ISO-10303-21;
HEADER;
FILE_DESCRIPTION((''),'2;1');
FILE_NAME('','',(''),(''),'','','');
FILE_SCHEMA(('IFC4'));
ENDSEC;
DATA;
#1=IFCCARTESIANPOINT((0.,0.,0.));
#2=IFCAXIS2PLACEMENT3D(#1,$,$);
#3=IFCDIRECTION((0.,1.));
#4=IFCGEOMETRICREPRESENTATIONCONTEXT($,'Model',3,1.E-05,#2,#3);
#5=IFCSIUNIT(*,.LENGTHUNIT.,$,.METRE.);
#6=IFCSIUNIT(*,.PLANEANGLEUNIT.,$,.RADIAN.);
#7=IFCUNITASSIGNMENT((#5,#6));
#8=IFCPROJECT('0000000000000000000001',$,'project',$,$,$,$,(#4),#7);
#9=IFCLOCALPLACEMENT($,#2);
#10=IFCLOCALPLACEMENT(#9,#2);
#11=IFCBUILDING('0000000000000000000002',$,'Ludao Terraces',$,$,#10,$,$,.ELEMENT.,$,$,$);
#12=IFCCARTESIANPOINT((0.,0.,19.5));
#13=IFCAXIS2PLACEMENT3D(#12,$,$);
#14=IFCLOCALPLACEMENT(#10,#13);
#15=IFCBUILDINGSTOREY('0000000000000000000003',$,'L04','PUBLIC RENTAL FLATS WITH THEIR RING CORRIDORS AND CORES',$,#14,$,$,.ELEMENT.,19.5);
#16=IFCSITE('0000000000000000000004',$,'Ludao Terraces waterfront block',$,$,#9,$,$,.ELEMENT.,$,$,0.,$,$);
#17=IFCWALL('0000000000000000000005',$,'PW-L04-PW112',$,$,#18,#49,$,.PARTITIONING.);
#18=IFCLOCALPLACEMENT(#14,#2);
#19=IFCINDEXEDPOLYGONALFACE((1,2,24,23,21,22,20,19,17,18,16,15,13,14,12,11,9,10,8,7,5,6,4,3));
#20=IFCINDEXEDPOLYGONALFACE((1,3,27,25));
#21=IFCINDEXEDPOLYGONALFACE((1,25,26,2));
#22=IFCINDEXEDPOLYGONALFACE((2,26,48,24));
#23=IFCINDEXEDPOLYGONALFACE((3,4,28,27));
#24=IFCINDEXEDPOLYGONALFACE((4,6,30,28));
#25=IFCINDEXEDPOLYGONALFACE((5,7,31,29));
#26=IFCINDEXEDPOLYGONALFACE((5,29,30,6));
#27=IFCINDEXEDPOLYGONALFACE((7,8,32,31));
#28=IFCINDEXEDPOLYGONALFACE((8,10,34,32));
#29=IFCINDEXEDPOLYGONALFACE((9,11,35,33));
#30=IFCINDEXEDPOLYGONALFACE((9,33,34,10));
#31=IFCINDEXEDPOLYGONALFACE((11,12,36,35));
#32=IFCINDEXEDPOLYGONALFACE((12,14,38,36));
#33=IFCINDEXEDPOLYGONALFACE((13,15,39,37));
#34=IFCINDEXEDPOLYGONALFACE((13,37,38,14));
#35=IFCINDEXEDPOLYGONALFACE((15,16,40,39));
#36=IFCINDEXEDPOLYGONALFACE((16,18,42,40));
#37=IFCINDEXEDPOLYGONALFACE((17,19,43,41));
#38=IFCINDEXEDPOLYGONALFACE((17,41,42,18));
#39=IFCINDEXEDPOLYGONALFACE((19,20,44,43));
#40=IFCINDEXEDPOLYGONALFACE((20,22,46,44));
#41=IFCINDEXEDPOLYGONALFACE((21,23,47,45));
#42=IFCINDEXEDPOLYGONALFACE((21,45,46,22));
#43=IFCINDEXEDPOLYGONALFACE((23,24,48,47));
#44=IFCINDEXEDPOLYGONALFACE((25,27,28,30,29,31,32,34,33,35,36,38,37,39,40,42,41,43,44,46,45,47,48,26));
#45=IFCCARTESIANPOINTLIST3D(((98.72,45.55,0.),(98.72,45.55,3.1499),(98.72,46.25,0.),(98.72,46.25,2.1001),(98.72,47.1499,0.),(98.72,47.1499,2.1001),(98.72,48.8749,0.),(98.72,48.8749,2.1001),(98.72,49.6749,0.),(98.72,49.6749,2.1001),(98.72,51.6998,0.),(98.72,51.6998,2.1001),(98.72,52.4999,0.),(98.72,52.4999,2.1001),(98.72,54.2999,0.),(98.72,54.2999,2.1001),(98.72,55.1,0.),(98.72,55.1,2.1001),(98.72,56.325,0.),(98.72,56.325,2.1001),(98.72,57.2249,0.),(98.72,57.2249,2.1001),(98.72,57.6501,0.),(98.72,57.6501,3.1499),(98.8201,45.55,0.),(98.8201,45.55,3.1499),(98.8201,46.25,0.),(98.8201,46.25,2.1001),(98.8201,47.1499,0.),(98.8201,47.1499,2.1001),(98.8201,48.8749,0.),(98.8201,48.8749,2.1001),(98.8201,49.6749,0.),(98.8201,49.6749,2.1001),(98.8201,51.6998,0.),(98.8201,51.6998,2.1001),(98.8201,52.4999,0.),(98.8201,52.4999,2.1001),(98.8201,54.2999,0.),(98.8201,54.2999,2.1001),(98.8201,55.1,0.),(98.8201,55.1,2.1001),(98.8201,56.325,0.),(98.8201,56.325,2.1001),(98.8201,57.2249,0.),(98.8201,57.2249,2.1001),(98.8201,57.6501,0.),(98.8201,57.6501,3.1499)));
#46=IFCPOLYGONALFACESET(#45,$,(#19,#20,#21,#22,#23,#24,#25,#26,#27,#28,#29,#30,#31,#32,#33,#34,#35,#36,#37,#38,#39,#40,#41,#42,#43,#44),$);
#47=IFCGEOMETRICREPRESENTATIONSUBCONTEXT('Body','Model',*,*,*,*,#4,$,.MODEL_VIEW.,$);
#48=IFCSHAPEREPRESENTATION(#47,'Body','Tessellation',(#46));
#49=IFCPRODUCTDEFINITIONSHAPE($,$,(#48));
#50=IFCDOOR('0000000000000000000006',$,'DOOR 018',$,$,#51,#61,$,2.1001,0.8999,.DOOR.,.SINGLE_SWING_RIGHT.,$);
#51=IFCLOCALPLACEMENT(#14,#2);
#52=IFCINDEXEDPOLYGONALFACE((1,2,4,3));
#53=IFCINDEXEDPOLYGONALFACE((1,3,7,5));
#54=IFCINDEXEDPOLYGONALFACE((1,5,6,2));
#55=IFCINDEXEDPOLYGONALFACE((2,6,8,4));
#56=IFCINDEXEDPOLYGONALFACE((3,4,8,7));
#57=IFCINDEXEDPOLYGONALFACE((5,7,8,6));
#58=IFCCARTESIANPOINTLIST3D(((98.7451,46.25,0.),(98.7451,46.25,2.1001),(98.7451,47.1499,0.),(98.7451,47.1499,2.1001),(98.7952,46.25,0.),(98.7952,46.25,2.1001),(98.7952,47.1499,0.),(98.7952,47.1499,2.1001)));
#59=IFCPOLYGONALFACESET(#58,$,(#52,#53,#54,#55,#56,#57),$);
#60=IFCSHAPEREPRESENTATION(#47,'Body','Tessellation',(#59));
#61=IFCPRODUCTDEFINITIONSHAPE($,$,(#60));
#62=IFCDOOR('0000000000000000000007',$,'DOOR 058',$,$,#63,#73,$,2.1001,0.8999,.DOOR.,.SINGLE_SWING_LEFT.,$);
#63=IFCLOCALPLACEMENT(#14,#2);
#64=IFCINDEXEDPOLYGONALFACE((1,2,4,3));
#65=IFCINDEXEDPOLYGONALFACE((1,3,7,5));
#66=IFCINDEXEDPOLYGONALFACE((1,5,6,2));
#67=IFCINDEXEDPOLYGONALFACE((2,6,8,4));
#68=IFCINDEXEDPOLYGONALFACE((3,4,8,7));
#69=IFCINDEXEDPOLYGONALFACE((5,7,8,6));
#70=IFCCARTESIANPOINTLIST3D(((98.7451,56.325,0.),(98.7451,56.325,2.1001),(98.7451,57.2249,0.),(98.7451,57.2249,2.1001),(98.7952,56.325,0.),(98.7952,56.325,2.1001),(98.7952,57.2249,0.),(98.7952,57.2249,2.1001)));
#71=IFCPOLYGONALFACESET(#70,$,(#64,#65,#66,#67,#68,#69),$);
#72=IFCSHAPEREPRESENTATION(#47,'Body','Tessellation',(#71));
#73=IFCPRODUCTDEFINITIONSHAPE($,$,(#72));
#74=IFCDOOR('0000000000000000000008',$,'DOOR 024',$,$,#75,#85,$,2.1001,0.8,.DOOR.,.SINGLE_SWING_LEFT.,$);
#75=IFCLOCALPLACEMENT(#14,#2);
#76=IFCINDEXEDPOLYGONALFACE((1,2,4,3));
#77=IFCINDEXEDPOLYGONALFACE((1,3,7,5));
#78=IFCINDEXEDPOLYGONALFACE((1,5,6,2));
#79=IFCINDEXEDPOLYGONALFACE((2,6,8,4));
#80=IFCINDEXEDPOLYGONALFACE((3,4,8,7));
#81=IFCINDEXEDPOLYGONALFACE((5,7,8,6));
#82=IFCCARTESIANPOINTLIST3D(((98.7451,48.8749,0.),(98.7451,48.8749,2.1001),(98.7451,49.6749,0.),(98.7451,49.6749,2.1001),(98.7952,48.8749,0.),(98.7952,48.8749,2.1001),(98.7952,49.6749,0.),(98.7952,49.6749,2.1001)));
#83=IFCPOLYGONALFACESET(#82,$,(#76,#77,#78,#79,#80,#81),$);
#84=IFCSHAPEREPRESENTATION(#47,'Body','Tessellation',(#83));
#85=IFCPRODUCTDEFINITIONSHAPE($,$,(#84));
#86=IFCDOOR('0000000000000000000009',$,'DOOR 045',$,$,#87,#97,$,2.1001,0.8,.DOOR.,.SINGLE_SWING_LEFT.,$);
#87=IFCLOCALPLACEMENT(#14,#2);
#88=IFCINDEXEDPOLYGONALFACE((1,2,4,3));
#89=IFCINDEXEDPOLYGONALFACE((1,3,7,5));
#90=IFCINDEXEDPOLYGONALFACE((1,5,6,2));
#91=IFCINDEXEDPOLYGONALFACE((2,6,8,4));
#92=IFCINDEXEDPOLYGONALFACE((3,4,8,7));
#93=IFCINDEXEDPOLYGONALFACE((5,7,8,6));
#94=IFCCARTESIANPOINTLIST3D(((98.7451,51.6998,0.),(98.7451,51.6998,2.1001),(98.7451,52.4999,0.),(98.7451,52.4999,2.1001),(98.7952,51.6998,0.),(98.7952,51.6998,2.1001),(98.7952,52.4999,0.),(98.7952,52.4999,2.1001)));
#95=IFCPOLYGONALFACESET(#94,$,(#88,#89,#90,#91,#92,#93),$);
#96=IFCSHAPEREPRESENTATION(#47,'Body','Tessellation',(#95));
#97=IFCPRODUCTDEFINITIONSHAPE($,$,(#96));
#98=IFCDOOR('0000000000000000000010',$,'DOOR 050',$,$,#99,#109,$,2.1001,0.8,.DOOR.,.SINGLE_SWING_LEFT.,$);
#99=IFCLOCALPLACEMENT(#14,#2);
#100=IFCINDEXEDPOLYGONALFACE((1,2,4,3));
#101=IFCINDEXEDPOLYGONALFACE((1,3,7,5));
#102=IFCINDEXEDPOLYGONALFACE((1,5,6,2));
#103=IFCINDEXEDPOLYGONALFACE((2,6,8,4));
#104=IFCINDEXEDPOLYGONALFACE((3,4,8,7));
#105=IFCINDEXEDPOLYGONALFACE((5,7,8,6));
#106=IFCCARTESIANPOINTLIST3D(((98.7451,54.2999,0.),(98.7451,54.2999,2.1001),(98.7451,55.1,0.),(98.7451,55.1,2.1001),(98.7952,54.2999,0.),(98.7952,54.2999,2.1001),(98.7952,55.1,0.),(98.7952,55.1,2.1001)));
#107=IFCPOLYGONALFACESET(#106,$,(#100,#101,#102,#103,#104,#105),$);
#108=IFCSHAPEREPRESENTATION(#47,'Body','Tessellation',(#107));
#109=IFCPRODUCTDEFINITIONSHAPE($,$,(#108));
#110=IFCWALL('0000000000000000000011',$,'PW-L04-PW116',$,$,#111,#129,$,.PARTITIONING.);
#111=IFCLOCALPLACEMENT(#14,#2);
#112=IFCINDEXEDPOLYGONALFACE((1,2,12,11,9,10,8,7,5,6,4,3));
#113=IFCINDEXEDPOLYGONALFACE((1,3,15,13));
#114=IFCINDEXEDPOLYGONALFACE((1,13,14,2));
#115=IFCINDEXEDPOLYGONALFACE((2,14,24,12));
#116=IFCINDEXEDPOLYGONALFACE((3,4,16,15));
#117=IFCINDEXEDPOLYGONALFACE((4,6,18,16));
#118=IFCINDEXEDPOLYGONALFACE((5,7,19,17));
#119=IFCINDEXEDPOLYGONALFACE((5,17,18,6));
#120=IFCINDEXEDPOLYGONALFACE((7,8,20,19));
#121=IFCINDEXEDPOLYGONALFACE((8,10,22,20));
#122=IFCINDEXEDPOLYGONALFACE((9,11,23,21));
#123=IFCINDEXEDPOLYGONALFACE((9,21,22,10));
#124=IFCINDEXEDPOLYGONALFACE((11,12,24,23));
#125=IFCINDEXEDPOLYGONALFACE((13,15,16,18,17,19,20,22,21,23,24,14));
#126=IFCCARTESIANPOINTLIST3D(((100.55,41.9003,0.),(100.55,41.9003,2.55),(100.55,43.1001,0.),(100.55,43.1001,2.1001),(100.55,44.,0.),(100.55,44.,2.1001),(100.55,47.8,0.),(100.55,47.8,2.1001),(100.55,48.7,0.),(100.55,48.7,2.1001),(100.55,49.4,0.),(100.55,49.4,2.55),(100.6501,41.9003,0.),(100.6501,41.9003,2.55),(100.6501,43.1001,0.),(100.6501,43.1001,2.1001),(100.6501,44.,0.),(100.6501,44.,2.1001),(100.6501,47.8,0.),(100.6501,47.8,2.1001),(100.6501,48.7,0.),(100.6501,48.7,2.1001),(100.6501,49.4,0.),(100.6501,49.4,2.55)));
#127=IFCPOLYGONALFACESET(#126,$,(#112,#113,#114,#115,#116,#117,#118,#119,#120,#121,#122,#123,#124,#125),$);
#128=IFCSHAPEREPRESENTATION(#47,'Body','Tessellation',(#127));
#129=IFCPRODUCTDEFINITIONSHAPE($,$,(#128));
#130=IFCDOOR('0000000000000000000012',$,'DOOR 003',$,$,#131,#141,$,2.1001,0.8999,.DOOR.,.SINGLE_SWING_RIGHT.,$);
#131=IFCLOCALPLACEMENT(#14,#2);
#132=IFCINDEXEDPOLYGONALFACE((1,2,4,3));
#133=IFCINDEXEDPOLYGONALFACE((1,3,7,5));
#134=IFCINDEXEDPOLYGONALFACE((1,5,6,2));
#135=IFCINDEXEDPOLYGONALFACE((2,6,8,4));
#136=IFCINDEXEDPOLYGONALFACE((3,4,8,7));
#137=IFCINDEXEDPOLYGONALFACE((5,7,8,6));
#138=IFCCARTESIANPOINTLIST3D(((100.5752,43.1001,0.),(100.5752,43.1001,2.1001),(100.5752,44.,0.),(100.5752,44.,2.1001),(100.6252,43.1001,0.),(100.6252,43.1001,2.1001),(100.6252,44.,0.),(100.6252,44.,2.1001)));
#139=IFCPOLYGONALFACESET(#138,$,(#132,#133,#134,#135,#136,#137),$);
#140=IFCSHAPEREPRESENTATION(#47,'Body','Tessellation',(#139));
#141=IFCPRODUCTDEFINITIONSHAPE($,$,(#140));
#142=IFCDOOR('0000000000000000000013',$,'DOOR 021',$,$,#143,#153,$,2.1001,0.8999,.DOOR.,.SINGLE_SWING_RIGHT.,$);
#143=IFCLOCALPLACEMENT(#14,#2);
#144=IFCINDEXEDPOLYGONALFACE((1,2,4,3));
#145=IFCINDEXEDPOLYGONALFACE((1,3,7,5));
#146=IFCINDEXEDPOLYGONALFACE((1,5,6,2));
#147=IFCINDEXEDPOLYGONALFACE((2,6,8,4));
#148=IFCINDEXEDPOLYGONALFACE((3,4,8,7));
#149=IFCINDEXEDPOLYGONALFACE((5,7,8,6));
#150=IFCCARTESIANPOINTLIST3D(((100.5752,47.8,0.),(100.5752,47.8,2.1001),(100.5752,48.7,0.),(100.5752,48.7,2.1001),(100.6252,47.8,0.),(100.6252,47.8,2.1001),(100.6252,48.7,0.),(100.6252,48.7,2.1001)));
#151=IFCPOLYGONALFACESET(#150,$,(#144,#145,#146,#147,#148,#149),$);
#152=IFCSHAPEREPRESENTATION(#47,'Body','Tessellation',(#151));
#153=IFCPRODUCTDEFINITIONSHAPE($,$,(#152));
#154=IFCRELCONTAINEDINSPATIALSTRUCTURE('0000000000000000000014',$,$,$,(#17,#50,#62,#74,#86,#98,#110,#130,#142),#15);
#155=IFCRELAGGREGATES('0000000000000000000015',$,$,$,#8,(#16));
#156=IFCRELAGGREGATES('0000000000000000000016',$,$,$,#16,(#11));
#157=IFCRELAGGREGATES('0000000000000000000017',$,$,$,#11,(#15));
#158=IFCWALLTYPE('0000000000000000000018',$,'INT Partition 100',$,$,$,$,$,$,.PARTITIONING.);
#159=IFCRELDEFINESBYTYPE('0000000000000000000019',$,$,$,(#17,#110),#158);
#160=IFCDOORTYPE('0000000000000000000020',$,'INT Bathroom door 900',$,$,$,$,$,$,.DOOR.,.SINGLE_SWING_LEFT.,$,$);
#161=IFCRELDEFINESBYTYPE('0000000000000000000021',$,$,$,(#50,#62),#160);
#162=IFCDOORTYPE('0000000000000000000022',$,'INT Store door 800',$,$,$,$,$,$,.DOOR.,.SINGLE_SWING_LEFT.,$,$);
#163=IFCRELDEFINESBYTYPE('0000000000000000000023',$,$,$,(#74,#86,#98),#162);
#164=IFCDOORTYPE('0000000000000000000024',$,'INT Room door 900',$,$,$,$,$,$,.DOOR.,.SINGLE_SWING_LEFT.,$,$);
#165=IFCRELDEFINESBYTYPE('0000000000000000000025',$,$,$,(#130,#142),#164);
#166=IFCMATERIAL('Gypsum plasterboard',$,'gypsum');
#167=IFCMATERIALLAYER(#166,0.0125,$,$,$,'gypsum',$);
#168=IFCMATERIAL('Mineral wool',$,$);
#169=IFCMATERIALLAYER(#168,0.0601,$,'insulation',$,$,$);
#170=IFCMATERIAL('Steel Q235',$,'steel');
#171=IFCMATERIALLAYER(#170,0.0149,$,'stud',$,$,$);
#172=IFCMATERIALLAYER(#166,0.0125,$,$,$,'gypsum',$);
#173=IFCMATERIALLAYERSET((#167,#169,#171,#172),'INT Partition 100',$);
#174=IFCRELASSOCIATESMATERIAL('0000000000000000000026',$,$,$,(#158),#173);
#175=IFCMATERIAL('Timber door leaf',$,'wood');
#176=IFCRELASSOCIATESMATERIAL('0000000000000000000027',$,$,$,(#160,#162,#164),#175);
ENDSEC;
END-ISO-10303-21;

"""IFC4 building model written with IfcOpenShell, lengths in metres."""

from ifc_helpers import new_model, si_unit, direction, frame, frame_2d, origin, place, context, subcontext, project, spatial, rectangle, extrude, material, layer, layer_set, type_object, element, fill, save


model = new_model("IFC4")

# Units and contexts
model_context = context("Model", 3, precision=1e-05, world=origin(), true_north=direction((0.0, 1.0)))
body_context = subcontext(model_context, "Body", "Model", "MODEL_VIEW")
ifc_project = project(units=[si_unit("LENGTHUNIT", "METRE"), si_unit("PLANEANGLEUNIT", "RADIAN")], contexts=[model_context])

# Site, building, storey
site_placement = place(None, origin())
site = spatial("IfcSite", under=ifc_project, at=site_placement, Name="Ludao Terraces waterfront block", CompositionType="ELEMENT", RefElevation=0.0)
building_placement = place(site_placement, origin())
building = spatial("IfcBuilding", under=site, at=building_placement, Name="Ludao Terraces", CompositionType="ELEMENT")
storey_placement = place(building_placement, frame((0.0, 0.0, 19.5)))
storey = spatial("IfcBuildingStorey", under=building, at=storey_placement, Name="L04", Description="PUBLIC RENTAL FLATS WITH THEIR RING CORRIDORS AND CORES", CompositionType="ELEMENT", Elevation=19.5)

# Shared definitions
ifc_material_1 = material(Name="Gypsum plasterboard", Category="gypsum")
ifc_layer_1 = layer(ifc_material_1, 0.0125, Category="gypsum")
ifc_material_2 = material(Name="Mineral wool")
ifc_layer_2 = layer(ifc_material_2, 0.0601, Name="insulation")
ifc_material_3 = material(Name="Steel Q235", Category="steel")
ifc_layer_3 = layer(ifc_material_3, 0.0149, Name="stud")
ifc_layer_4 = layer(ifc_material_1, 0.0125, Category="gypsum")
ifc_layer_set_1 = layer_set([ifc_layer_1, ifc_layer_2, ifc_layer_3, ifc_layer_4], Name="INT Partition 100")
wall_type_1 = type_object("IfcWallType", Name="INT Partition 100", PredefinedType="PARTITIONING", material=ifc_layer_set_1)

# Walls, openings, doors
wall_1_placement = place(storey_placement, frame((98.77, 45.55, 0.0), z_axis=(0.0, 0.0, 1.0), x_axis=(0.0, 1.0, 0.0)))
wall_1 = element("IfcWall", 1, at=wall_1_placement, inside=storey, type_object=wall_type_1, Name="PW-L04-PW112", PredefinedType="PARTITIONING", context=body_context, shape_type="SweptSolid", body=[
    extrude(rectangle(XDim=12.1001, YDim=0.1001, at=frame_2d((6.05, 0.0))), origin(), (0.0, 0.0, 1.0), 3.1499),
])
opening_1_placement = place(wall_1_placement, frame((0.7, 0.0, 0.0)))
opening_1 = element("IfcOpeningElement", 2, at=opening_1_placement, cuts=wall_1, PredefinedType="OPENING", context=body_context, shape_type="SweptSolid", body=[
    extrude(rectangle(XDim=0.8999, YDim=2.1001, at=frame_2d((0.45, 1.05))), frame((0.0, 0.0601, 0.0), z_axis=(0.0, -1.0, 0.0), x_axis=(1.0, 0.0, 0.0)), (0.0, 0.0, 1.0), 0.1201),
])
opening_2_placement = place(wall_1_placement, frame((3.325, 0.0, 0.0)))
opening_2 = element("IfcOpeningElement", 3, at=opening_2_placement, cuts=wall_1, PredefinedType="OPENING", context=body_context, shape_type="SweptSolid", body=[
    extrude(rectangle(XDim=0.8, YDim=2.1001, at=frame_2d((0.3999, 1.05))), frame((0.0, 0.0601, 0.0), z_axis=(0.0, -1.0, 0.0), x_axis=(1.0, 0.0, 0.0)), (0.0, 0.0, 1.0), 0.1201),
])
opening_3_placement = place(wall_1_placement, frame((6.1499, 0.0, 0.0)))
opening_3 = element("IfcOpeningElement", 4, at=opening_3_placement, cuts=wall_1, PredefinedType="OPENING", context=body_context, shape_type="SweptSolid", body=[
    extrude(rectangle(XDim=0.8, YDim=2.1001, at=frame_2d((0.3999, 1.05))), frame((0.0, 0.0601, 0.0), z_axis=(0.0, -1.0, 0.0), x_axis=(1.0, 0.0, 0.0)), (0.0, 0.0, 1.0), 0.1201),
])
opening_4_placement = place(wall_1_placement, frame((8.75, 0.0, 0.0)))
opening_4 = element("IfcOpeningElement", 5, at=opening_4_placement, cuts=wall_1, PredefinedType="OPENING", context=body_context, shape_type="SweptSolid", body=[
    extrude(rectangle(XDim=0.8, YDim=2.1001, at=frame_2d((0.3999, 1.05))), frame((0.0, 0.0601, 0.0), z_axis=(0.0, -1.0, 0.0), x_axis=(1.0, 0.0, 0.0)), (0.0, 0.0, 1.0), 0.1201),
])
opening_5_placement = place(wall_1_placement, frame((10.7749, 0.0, 0.0)))
opening_5 = element("IfcOpeningElement", 6, at=opening_5_placement, cuts=wall_1, PredefinedType="OPENING", context=body_context, shape_type="SweptSolid", body=[
    extrude(rectangle(XDim=0.8999, YDim=2.1001, at=frame_2d((0.45, 1.05))), frame((0.0, 0.0601, 0.0), z_axis=(0.0, -1.0, 0.0), x_axis=(1.0, 0.0, 0.0)), (0.0, 0.0, 1.0), 0.1201),
])
ifc_material_4 = material(Name="Timber door leaf", Category="wood")
door_type_1 = type_object("IfcDoorType", Name="INT Bathroom door 900", OperationType="SINGLE_SWING_LEFT", PredefinedType="DOOR", material=ifc_material_4)
door_1_placement = place(opening_1_placement, origin())
door_1 = element("IfcDoor", 7, at=door_1_placement, inside=storey, type_object=door_type_1, Name="DOOR 018", OperationType="SINGLE_SWING_RIGHT", OverallHeight=2.1001, OverallWidth=0.8999, PredefinedType="DOOR", context=body_context, shape_type="SweptSolid", body=[
    extrude(rectangle(XDim=0.8999, YDim=2.1001, at=frame_2d((0.45, 1.05))), frame((0.0, 0.0249, 0.0), z_axis=(0.0, -1.0, 0.0), x_axis=(1.0, 0.0, 0.0)), (0.0, 0.0, 1.0), 0.05),
])
fill(opening_1, door_1)
door_2_placement = place(opening_5_placement, origin())
door_2 = element("IfcDoor", 8, at=door_2_placement, inside=storey, type_object=door_type_1, Name="DOOR 058", OperationType="SINGLE_SWING_LEFT", OverallHeight=2.1001, OverallWidth=0.8999, PredefinedType="DOOR", context=body_context, shape_type="SweptSolid", body=[
    extrude(rectangle(XDim=0.8999, YDim=2.1001, at=frame_2d((0.45, 1.05))), frame((0.0, 0.0249, 0.0), z_axis=(0.0, -1.0, 0.0), x_axis=(1.0, 0.0, 0.0)), (0.0, 0.0, 1.0), 0.05),
])
fill(opening_5, door_2)
door_type_2 = type_object("IfcDoorType", Name="INT Store door 800", OperationType="SINGLE_SWING_LEFT", PredefinedType="DOOR", material=ifc_material_4)
door_3_placement = place(opening_2_placement, origin())
door_3 = element("IfcDoor", 9, at=door_3_placement, inside=storey, type_object=door_type_2, Name="DOOR 024", OperationType="SINGLE_SWING_LEFT", OverallHeight=2.1001, OverallWidth=0.8, PredefinedType="DOOR", context=body_context, shape_type="SweptSolid", body=[
    extrude(rectangle(XDim=0.8, YDim=2.1001, at=frame_2d((0.3999, 1.05))), frame((0.0, 0.0249, 0.0), z_axis=(0.0, -1.0, 0.0), x_axis=(1.0, 0.0, 0.0)), (0.0, 0.0, 1.0), 0.05),
])
fill(opening_2, door_3)
door_4_placement = place(opening_3_placement, origin())
door_4 = element("IfcDoor", 10, at=door_4_placement, inside=storey, type_object=door_type_2, Name="DOOR 045", OperationType="SINGLE_SWING_LEFT", OverallHeight=2.1001, OverallWidth=0.8, PredefinedType="DOOR", context=body_context, shape_type="SweptSolid", body=[
    extrude(rectangle(XDim=0.8, YDim=2.1001, at=frame_2d((0.3999, 1.05))), frame((0.0, 0.0249, 0.0), z_axis=(0.0, -1.0, 0.0), x_axis=(1.0, 0.0, 0.0)), (0.0, 0.0, 1.0), 0.05),
])
fill(opening_3, door_4)
door_5_placement = place(opening_4_placement, origin())
door_5 = element("IfcDoor", 11, at=door_5_placement, inside=storey, type_object=door_type_2, Name="DOOR 050", OperationType="SINGLE_SWING_LEFT", OverallHeight=2.1001, OverallWidth=0.8, PredefinedType="DOOR", context=body_context, shape_type="SweptSolid", body=[
    extrude(rectangle(XDim=0.8, YDim=2.1001, at=frame_2d((0.3999, 1.05))), frame((0.0, 0.0249, 0.0), z_axis=(0.0, -1.0, 0.0), x_axis=(1.0, 0.0, 0.0)), (0.0, 0.0, 1.0), 0.05),
])
fill(opening_4, door_5)
wall_2_placement = place(storey_placement, frame((100.6001, 41.9001, 0.0), z_axis=(0.0, 0.0, 1.0), x_axis=(0.0, 1.0, 0.0)))
wall_2 = element("IfcWall", 12, at=wall_2_placement, inside=storey, type_object=wall_type_1, Name="PW-L04-PW116", PredefinedType="PARTITIONING", context=body_context, shape_type="SweptSolid", body=[
    extrude(rectangle(XDim=7.4998, YDim=0.1001, at=frame_2d((3.75, 0.0))), origin(), (0.0, 0.0, 1.0), 2.55),
])
opening_6_placement = place(wall_2_placement, frame((1.2, 0.0, 0.0)))
opening_6 = element("IfcOpeningElement", 13, at=opening_6_placement, cuts=wall_2, PredefinedType="OPENING", context=body_context, shape_type="SweptSolid", body=[
    extrude(rectangle(XDim=0.8999, YDim=2.1001, at=frame_2d((0.45, 1.05))), frame((0.0, 0.0601, 0.0), z_axis=(0.0, -1.0, 0.0), x_axis=(1.0, 0.0, 0.0)), (0.0, 0.0, 1.0), 0.1201),
])
opening_7_placement = place(wall_2_placement, frame((5.8999, 0.0, 0.0)))
opening_7 = element("IfcOpeningElement", 14, at=opening_7_placement, cuts=wall_2, PredefinedType="OPENING", context=body_context, shape_type="SweptSolid", body=[
    extrude(rectangle(XDim=0.8999, YDim=2.1001, at=frame_2d((0.45, 1.05))), frame((0.0, 0.0601, 0.0), z_axis=(0.0, -1.0, 0.0), x_axis=(1.0, 0.0, 0.0)), (0.0, 0.0, 1.0), 0.1201),
])
door_type_3 = type_object("IfcDoorType", Name="INT Room door 900", OperationType="SINGLE_SWING_LEFT", PredefinedType="DOOR", material=ifc_material_4)
door_6_placement = place(opening_6_placement, origin())
door_6 = element("IfcDoor", 15, at=door_6_placement, inside=storey, type_object=door_type_3, Name="DOOR 003", OperationType="SINGLE_SWING_RIGHT", OverallHeight=2.1001, OverallWidth=0.8999, PredefinedType="DOOR", context=body_context, shape_type="SweptSolid", body=[
    extrude(rectangle(XDim=0.8999, YDim=2.1001, at=frame_2d((0.45, 1.05))), frame((0.0, 0.0249, 0.0), z_axis=(0.0, -1.0, 0.0), x_axis=(1.0, 0.0, 0.0)), (0.0, 0.0, 1.0), 0.05),
])
fill(opening_6, door_6)
door_7_placement = place(opening_7_placement, origin())
door_7 = element("IfcDoor", 16, at=door_7_placement, inside=storey, type_object=door_type_3, Name="DOOR 021", OperationType="SINGLE_SWING_RIGHT", OverallHeight=2.1001, OverallWidth=0.8999, PredefinedType="DOOR", context=body_context, shape_type="SweptSolid", body=[
    extrude(rectangle(XDim=0.8999, YDim=2.1001, at=frame_2d((0.45, 1.05))), frame((0.0, 0.0249, 0.0), z_axis=(0.0, -1.0, 0.0), x_axis=(1.0, 0.0, 0.0)), (0.0, 0.0, 1.0), 0.05),
])
fill(opening_7, door_7)

save(model, "model.ifc")
